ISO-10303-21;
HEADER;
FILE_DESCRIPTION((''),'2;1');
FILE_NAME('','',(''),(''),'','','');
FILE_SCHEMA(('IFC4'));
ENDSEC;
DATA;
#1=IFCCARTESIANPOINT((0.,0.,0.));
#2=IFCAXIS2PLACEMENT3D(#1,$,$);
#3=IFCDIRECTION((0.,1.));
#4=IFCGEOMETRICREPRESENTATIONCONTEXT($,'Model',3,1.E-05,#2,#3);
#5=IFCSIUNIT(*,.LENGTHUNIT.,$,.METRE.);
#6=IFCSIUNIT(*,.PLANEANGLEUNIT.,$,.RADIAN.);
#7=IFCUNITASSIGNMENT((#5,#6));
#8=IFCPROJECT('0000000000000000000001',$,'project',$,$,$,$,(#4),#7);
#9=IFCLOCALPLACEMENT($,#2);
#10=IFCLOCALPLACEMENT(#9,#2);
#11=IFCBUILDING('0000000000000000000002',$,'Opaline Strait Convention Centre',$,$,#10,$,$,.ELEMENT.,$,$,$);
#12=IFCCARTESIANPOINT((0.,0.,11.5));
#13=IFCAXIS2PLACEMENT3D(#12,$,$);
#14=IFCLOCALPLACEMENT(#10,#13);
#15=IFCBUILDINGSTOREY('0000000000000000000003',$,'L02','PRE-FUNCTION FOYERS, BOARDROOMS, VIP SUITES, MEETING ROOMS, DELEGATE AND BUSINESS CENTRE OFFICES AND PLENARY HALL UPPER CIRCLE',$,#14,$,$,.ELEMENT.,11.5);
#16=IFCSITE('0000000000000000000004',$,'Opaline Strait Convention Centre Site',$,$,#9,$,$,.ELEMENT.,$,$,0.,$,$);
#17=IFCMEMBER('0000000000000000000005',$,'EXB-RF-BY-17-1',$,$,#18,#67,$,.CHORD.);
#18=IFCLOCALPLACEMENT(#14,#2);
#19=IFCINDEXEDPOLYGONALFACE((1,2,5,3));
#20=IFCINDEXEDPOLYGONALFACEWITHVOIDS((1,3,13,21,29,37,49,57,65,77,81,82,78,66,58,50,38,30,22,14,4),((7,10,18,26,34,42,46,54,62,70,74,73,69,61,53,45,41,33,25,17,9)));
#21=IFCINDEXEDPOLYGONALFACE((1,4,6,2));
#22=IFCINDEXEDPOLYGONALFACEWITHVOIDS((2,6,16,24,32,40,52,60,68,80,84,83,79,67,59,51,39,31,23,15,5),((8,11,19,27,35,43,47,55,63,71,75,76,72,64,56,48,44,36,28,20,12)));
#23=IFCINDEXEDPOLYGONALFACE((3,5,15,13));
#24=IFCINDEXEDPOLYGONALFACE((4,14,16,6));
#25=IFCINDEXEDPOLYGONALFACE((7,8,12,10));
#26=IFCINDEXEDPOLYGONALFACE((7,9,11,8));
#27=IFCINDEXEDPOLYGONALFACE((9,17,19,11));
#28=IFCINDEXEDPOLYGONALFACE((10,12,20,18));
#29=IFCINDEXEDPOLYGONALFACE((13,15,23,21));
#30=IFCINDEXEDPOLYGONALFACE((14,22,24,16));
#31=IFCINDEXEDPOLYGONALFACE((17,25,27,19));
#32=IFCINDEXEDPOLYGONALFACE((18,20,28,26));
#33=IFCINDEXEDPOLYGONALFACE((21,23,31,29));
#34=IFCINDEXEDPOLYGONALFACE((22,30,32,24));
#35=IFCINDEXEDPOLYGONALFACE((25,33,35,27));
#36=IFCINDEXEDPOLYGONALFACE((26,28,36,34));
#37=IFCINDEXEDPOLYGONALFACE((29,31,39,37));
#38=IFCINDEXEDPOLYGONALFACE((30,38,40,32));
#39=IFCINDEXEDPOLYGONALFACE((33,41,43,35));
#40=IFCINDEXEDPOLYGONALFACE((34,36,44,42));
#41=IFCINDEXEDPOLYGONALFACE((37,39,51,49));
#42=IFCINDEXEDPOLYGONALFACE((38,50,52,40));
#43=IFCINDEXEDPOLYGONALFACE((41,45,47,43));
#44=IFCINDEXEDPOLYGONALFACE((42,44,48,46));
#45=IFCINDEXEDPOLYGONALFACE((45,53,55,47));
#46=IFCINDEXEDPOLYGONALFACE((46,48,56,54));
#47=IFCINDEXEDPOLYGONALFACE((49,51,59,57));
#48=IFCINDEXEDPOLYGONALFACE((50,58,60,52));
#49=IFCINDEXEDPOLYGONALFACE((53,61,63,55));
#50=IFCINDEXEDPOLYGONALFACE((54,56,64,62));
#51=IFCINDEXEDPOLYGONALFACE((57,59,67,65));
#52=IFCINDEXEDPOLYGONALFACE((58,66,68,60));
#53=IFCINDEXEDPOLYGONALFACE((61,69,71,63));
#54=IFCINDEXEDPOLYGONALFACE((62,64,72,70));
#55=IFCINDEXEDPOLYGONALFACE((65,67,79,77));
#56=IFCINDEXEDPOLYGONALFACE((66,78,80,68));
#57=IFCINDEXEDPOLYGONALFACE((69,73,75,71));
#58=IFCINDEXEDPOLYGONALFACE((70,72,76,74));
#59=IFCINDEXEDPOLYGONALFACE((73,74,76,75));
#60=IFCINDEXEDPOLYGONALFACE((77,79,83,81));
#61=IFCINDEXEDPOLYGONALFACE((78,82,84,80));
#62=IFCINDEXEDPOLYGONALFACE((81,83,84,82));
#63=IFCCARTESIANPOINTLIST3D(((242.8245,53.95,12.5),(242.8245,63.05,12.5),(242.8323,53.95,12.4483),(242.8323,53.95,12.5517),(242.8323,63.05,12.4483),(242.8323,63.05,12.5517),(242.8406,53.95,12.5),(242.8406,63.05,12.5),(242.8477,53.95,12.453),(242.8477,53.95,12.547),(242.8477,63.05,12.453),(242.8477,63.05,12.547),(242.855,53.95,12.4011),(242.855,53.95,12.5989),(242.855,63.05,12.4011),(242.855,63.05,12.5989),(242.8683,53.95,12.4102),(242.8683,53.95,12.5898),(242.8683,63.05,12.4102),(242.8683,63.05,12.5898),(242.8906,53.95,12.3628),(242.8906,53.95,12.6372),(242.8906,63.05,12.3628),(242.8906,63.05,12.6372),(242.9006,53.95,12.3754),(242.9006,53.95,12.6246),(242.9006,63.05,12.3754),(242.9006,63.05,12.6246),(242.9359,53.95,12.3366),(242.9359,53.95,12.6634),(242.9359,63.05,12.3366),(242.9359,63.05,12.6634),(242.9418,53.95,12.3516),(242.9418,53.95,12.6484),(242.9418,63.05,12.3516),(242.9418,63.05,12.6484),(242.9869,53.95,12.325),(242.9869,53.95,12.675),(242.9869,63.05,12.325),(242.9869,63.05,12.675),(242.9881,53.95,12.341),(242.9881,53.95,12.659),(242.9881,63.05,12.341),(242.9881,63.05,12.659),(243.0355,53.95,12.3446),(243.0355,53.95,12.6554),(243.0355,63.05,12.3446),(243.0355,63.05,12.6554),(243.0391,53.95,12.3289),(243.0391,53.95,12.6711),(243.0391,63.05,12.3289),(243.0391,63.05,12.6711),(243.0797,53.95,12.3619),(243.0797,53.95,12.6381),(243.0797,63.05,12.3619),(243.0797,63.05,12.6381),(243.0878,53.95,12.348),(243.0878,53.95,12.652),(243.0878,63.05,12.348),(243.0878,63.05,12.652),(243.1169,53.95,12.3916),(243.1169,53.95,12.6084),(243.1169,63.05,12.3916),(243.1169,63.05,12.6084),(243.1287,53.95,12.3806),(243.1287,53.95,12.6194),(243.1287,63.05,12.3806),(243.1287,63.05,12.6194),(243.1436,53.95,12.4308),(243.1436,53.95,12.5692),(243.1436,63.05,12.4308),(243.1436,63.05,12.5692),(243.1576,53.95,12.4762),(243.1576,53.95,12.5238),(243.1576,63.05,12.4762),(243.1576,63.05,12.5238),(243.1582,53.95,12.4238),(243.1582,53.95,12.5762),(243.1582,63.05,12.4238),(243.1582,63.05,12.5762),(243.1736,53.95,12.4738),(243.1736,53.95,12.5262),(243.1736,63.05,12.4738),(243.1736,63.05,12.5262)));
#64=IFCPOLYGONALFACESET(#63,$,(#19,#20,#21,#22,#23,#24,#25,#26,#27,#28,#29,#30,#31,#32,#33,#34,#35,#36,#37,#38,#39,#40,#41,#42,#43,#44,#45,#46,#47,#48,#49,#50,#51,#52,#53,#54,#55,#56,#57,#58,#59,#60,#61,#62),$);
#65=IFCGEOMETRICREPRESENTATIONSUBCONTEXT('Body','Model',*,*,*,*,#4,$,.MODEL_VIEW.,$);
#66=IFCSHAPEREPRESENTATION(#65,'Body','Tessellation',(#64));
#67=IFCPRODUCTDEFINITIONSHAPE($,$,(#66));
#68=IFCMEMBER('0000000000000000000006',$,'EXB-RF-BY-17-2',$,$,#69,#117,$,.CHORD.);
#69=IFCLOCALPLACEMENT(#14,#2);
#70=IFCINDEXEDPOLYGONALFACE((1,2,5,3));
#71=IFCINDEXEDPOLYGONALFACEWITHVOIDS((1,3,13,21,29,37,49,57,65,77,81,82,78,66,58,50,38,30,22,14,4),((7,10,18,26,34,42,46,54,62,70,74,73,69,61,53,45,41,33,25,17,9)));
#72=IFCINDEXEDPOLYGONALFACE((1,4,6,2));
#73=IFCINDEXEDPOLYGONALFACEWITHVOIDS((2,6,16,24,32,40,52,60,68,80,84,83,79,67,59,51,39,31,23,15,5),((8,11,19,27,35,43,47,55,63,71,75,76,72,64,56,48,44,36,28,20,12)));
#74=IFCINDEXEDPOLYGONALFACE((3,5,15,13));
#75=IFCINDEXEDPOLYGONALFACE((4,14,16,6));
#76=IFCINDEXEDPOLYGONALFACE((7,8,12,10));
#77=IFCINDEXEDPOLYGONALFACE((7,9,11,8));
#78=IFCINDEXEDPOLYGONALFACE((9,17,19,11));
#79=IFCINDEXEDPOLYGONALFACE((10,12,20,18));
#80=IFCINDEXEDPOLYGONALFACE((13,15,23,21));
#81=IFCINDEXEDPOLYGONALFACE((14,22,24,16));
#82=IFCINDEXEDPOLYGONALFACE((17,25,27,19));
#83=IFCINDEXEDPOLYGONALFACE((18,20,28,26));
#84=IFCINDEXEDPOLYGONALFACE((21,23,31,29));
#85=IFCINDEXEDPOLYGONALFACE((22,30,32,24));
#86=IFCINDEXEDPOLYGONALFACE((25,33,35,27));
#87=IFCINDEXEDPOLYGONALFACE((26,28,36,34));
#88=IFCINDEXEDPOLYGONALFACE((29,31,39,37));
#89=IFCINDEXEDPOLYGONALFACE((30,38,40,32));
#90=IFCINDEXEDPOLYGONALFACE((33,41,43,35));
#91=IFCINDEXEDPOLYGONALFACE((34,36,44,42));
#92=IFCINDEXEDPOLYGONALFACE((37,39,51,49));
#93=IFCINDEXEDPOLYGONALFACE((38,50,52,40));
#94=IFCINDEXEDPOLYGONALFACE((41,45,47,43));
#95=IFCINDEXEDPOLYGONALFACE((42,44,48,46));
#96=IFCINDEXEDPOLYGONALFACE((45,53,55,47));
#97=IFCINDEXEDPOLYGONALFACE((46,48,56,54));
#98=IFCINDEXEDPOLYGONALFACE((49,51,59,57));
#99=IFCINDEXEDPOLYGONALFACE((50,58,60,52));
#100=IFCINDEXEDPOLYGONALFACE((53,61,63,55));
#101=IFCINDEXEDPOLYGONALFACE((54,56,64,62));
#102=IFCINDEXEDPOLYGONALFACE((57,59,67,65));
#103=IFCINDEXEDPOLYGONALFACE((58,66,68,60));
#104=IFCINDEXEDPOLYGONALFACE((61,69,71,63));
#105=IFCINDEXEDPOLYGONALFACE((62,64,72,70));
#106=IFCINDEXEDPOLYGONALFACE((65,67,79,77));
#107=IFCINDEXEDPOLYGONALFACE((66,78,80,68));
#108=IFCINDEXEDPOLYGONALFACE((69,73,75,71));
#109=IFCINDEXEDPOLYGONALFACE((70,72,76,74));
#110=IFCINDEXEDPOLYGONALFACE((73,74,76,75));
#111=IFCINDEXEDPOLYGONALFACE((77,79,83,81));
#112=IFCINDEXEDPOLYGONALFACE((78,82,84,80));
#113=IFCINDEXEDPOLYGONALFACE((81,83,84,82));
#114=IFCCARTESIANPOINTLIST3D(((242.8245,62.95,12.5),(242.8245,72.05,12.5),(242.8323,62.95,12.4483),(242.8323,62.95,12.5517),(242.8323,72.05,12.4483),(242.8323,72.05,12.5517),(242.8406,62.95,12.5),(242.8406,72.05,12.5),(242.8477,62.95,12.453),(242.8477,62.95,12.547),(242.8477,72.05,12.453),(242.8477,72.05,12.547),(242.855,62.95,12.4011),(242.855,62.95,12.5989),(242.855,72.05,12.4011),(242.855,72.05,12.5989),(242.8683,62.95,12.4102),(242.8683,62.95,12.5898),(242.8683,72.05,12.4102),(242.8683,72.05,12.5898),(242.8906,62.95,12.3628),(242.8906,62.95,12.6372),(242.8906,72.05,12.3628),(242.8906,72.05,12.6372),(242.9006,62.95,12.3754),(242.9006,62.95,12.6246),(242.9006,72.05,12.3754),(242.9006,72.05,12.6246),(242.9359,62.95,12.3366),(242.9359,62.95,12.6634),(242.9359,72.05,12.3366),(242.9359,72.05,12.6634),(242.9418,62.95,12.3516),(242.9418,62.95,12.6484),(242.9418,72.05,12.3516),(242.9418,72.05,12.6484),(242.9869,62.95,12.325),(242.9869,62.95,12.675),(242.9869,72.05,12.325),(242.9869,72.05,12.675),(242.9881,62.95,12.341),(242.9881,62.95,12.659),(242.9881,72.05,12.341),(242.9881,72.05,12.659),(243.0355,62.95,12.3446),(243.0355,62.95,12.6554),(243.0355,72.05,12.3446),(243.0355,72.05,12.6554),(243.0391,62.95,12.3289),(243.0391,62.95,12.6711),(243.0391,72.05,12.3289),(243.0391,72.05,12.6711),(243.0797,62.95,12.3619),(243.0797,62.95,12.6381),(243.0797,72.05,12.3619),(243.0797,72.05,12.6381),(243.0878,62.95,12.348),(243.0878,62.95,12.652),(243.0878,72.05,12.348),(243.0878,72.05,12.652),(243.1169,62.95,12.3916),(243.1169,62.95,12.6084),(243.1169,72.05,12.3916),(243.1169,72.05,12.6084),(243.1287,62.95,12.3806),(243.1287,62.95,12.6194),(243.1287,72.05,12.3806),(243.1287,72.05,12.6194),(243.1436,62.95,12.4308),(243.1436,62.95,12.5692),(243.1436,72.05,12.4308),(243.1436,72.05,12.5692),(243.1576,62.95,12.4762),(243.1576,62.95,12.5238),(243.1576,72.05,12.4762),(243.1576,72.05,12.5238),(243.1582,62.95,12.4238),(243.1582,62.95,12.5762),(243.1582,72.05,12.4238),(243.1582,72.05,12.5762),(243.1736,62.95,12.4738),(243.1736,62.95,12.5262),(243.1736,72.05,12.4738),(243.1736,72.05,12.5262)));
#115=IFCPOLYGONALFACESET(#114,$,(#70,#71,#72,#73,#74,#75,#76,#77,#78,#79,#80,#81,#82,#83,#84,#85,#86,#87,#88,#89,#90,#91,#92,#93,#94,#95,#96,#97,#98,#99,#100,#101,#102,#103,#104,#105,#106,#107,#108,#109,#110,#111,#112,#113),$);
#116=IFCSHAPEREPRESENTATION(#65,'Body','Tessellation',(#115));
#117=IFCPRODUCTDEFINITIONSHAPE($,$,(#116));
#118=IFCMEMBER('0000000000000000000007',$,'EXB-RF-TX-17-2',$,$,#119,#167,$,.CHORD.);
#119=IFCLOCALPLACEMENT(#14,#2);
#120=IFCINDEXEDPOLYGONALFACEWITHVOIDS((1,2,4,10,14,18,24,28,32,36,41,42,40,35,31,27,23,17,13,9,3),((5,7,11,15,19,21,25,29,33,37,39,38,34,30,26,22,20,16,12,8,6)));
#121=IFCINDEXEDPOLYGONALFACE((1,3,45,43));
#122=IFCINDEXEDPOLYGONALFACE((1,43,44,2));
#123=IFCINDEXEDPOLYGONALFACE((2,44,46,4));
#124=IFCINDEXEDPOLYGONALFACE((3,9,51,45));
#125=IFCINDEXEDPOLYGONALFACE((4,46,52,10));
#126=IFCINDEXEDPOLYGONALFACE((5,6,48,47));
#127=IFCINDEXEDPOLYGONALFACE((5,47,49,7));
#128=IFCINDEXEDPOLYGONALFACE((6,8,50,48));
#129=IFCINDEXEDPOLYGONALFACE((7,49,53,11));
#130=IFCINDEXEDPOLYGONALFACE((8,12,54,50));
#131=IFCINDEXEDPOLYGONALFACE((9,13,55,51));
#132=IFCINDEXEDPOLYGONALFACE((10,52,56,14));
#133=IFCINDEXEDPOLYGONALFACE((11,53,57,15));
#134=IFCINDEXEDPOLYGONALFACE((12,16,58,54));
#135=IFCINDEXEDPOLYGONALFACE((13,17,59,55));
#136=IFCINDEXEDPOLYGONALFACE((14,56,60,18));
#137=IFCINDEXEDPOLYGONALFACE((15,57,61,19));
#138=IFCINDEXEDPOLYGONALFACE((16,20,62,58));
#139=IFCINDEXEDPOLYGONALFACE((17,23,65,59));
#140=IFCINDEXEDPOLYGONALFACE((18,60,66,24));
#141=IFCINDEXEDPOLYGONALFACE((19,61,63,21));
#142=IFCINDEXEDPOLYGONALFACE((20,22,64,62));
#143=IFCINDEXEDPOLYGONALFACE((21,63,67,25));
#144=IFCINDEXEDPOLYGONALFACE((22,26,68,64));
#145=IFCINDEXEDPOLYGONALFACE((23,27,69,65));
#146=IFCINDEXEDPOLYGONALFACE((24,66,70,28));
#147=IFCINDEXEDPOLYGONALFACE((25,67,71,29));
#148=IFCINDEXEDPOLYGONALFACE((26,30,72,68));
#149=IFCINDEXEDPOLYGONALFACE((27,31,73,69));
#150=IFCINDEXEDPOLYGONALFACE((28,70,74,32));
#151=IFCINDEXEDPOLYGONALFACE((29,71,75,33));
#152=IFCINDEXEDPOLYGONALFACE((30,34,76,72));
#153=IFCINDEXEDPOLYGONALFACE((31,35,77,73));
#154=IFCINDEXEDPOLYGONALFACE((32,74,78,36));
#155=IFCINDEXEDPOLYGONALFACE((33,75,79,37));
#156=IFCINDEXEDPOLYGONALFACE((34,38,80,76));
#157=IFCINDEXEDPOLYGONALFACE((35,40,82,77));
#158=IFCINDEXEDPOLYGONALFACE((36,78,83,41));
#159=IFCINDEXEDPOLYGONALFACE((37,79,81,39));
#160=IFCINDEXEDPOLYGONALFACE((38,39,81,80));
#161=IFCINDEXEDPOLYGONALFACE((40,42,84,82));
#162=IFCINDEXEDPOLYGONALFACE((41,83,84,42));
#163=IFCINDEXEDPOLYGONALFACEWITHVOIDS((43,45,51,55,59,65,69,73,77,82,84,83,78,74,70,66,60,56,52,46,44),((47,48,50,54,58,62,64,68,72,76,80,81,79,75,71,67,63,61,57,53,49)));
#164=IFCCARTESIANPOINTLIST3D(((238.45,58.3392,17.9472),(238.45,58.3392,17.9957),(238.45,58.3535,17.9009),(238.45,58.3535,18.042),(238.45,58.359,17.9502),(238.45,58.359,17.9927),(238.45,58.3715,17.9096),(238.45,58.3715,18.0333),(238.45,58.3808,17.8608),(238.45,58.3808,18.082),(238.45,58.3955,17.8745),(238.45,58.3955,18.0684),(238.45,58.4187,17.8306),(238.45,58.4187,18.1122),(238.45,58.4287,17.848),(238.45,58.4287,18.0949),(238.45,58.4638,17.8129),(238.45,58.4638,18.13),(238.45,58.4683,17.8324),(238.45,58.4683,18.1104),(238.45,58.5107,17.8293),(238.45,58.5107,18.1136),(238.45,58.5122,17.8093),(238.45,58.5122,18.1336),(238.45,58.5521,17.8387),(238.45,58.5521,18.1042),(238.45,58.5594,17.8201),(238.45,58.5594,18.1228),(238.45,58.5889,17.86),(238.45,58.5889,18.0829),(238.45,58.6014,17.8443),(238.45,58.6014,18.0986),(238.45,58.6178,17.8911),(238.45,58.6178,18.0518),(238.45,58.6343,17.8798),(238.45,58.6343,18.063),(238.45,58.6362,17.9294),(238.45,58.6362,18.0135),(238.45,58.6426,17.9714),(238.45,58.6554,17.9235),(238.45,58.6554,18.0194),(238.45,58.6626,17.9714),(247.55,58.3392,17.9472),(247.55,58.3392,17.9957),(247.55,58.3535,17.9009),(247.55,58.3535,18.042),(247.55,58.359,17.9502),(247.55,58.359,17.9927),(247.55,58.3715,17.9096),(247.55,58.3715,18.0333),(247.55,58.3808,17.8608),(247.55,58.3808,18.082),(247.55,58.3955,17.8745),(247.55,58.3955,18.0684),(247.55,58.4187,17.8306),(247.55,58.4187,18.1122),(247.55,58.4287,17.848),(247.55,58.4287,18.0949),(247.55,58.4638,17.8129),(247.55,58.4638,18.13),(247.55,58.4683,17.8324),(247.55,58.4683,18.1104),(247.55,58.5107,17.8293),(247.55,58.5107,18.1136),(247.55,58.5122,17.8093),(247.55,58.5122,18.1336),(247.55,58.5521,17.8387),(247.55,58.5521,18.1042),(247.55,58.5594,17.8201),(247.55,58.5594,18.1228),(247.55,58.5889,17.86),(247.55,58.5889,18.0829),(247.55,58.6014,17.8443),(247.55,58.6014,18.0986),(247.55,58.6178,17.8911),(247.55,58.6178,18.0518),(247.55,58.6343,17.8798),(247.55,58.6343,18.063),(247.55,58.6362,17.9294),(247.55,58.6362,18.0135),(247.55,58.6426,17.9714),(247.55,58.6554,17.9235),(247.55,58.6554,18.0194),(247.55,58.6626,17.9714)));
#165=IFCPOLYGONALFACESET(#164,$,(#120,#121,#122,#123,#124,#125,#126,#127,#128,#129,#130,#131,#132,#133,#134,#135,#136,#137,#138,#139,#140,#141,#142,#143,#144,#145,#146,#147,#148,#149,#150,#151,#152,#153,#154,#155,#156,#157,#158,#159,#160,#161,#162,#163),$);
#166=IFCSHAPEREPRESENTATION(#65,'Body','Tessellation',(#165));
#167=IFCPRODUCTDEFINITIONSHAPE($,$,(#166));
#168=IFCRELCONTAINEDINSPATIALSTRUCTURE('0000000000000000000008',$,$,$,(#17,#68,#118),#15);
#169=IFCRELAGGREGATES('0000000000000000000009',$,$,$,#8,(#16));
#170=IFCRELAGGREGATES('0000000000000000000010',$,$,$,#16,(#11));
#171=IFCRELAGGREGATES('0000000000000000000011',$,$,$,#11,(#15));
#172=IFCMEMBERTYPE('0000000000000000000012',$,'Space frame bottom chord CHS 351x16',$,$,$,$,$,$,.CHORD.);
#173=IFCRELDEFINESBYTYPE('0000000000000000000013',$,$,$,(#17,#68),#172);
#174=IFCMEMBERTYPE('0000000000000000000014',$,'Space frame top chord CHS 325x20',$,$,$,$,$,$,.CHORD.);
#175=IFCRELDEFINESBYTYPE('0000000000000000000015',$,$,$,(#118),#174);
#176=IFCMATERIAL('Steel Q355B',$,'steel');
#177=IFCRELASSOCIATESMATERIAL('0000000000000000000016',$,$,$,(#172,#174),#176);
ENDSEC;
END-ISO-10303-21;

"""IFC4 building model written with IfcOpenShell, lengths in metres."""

from ifc_helpers import new_model, si_unit, direction, frame, origin, origin_2d, place, context, subcontext, project, spatial, hollow_circle, extrude, material, material_profile, profile_set, type_object, element, save


model = new_model("IFC4")

# Units and contexts
model_context = context("Model", 3, precision=1e-05, world=origin(), true_north=direction((0.0, 1.0)))
body_context = subcontext(model_context, "Body", "Model", "MODEL_VIEW")
ifc_project = project(units=[si_unit("LENGTHUNIT", "METRE"), si_unit("PLANEANGLEUNIT", "RADIAN")], contexts=[model_context])

# Site, building, storey
site_placement = place(None, origin())
site = spatial("IfcSite", under=ifc_project, at=site_placement, Name="Opaline Strait Convention Centre Site", CompositionType="ELEMENT", RefElevation=0.0)
building_placement = place(site_placement, origin())
building = spatial("IfcBuilding", under=site, at=building_placement, Name="Opaline Strait Convention Centre", CompositionType="ELEMENT")
storey_placement = place(building_placement, frame((0.0, 0.0, 11.5)))
storey = spatial("IfcBuildingStorey", under=building, at=storey_placement, Name="L02", Description="PRE-FUNCTION FOYERS, BOARDROOMS, VIP SUITES, MEETING ROOMS, DELEGATE AND BUSINESS CENTRE OFFICES AND PLENARY HALL UPPER CIRCLE", CompositionType="ELEMENT", Elevation=11.5)

# Members
ifc_material_1 = material(Name="Steel Q355B", Category="steel")
ifc_material_profile_1 = material_profile(ifc_material_1, hollow_circle(Radius=0.1755, WallThickness=0.0161, at=origin_2d()), Name="CHS 351x16")
ifc_profile_set_1 = profile_set([ifc_material_profile_1], Name="Steel Q355B")
member_type_1 = type_object("IfcMemberType", Name="Space frame bottom chord CHS 351x16", PredefinedType="CHORD", material=ifc_profile_set_1)
for number, where, z_axis, x_axis, name in (
    (1, (243.0, 53.95, 12.5), (0.0, 1.0, 0.0), (-1.0, 0.0, 0.0), "EXB-RF-BY-17-1"),
    (2, (243.0, 62.95, 12.5), (0.0, 1.0, 0.0), (-1.0, 0.0, 0.0), "EXB-RF-BY-17-2"),
):
    element("IfcMember", number, at=place(storey_placement, frame(where, z_axis=z_axis, x_axis=x_axis)), inside=storey, type_object=member_type_1, Name=name, PredefinedType="CHORD", context=body_context, shape_type="SweptSolid", body=[
        extrude(hollow_circle(Radius=0.1755, WallThickness=0.0161, at=origin_2d()), origin(), (0.0, 0.0, 1.0), 9.1001),
    ])
ifc_material_profile_2 = material_profile(ifc_material_1, hollow_circle(Radius=0.1626, WallThickness=0.02, at=origin_2d()), Name="CHS 325x20")
ifc_profile_set_2 = profile_set([ifc_material_profile_2], Name="Steel Q355B")
member_type_2 = type_object("IfcMemberType", Name="Space frame top chord CHS 325x20", PredefinedType="CHORD", material=ifc_profile_set_2)
for number, where, z_axis, x_axis, name in (
    (3, (238.45, 58.5, 17.9714), (1.0, 0.0, 0.0), (0.0, 1.0, 0.0), "EXB-RF-TX-17-2"),
):
    element("IfcMember", number, at=place(storey_placement, frame(where, z_axis=z_axis, x_axis=x_axis)), inside=storey, type_object=member_type_2, Name=name, PredefinedType="CHORD", context=body_context, shape_type="SweptSolid", body=[
        extrude(hollow_circle(Radius=0.1626, WallThickness=0.02, at=origin_2d()), origin(), (0.0, 0.0, 1.0), 9.1001),
    ])

save(model, "model.ifc")
